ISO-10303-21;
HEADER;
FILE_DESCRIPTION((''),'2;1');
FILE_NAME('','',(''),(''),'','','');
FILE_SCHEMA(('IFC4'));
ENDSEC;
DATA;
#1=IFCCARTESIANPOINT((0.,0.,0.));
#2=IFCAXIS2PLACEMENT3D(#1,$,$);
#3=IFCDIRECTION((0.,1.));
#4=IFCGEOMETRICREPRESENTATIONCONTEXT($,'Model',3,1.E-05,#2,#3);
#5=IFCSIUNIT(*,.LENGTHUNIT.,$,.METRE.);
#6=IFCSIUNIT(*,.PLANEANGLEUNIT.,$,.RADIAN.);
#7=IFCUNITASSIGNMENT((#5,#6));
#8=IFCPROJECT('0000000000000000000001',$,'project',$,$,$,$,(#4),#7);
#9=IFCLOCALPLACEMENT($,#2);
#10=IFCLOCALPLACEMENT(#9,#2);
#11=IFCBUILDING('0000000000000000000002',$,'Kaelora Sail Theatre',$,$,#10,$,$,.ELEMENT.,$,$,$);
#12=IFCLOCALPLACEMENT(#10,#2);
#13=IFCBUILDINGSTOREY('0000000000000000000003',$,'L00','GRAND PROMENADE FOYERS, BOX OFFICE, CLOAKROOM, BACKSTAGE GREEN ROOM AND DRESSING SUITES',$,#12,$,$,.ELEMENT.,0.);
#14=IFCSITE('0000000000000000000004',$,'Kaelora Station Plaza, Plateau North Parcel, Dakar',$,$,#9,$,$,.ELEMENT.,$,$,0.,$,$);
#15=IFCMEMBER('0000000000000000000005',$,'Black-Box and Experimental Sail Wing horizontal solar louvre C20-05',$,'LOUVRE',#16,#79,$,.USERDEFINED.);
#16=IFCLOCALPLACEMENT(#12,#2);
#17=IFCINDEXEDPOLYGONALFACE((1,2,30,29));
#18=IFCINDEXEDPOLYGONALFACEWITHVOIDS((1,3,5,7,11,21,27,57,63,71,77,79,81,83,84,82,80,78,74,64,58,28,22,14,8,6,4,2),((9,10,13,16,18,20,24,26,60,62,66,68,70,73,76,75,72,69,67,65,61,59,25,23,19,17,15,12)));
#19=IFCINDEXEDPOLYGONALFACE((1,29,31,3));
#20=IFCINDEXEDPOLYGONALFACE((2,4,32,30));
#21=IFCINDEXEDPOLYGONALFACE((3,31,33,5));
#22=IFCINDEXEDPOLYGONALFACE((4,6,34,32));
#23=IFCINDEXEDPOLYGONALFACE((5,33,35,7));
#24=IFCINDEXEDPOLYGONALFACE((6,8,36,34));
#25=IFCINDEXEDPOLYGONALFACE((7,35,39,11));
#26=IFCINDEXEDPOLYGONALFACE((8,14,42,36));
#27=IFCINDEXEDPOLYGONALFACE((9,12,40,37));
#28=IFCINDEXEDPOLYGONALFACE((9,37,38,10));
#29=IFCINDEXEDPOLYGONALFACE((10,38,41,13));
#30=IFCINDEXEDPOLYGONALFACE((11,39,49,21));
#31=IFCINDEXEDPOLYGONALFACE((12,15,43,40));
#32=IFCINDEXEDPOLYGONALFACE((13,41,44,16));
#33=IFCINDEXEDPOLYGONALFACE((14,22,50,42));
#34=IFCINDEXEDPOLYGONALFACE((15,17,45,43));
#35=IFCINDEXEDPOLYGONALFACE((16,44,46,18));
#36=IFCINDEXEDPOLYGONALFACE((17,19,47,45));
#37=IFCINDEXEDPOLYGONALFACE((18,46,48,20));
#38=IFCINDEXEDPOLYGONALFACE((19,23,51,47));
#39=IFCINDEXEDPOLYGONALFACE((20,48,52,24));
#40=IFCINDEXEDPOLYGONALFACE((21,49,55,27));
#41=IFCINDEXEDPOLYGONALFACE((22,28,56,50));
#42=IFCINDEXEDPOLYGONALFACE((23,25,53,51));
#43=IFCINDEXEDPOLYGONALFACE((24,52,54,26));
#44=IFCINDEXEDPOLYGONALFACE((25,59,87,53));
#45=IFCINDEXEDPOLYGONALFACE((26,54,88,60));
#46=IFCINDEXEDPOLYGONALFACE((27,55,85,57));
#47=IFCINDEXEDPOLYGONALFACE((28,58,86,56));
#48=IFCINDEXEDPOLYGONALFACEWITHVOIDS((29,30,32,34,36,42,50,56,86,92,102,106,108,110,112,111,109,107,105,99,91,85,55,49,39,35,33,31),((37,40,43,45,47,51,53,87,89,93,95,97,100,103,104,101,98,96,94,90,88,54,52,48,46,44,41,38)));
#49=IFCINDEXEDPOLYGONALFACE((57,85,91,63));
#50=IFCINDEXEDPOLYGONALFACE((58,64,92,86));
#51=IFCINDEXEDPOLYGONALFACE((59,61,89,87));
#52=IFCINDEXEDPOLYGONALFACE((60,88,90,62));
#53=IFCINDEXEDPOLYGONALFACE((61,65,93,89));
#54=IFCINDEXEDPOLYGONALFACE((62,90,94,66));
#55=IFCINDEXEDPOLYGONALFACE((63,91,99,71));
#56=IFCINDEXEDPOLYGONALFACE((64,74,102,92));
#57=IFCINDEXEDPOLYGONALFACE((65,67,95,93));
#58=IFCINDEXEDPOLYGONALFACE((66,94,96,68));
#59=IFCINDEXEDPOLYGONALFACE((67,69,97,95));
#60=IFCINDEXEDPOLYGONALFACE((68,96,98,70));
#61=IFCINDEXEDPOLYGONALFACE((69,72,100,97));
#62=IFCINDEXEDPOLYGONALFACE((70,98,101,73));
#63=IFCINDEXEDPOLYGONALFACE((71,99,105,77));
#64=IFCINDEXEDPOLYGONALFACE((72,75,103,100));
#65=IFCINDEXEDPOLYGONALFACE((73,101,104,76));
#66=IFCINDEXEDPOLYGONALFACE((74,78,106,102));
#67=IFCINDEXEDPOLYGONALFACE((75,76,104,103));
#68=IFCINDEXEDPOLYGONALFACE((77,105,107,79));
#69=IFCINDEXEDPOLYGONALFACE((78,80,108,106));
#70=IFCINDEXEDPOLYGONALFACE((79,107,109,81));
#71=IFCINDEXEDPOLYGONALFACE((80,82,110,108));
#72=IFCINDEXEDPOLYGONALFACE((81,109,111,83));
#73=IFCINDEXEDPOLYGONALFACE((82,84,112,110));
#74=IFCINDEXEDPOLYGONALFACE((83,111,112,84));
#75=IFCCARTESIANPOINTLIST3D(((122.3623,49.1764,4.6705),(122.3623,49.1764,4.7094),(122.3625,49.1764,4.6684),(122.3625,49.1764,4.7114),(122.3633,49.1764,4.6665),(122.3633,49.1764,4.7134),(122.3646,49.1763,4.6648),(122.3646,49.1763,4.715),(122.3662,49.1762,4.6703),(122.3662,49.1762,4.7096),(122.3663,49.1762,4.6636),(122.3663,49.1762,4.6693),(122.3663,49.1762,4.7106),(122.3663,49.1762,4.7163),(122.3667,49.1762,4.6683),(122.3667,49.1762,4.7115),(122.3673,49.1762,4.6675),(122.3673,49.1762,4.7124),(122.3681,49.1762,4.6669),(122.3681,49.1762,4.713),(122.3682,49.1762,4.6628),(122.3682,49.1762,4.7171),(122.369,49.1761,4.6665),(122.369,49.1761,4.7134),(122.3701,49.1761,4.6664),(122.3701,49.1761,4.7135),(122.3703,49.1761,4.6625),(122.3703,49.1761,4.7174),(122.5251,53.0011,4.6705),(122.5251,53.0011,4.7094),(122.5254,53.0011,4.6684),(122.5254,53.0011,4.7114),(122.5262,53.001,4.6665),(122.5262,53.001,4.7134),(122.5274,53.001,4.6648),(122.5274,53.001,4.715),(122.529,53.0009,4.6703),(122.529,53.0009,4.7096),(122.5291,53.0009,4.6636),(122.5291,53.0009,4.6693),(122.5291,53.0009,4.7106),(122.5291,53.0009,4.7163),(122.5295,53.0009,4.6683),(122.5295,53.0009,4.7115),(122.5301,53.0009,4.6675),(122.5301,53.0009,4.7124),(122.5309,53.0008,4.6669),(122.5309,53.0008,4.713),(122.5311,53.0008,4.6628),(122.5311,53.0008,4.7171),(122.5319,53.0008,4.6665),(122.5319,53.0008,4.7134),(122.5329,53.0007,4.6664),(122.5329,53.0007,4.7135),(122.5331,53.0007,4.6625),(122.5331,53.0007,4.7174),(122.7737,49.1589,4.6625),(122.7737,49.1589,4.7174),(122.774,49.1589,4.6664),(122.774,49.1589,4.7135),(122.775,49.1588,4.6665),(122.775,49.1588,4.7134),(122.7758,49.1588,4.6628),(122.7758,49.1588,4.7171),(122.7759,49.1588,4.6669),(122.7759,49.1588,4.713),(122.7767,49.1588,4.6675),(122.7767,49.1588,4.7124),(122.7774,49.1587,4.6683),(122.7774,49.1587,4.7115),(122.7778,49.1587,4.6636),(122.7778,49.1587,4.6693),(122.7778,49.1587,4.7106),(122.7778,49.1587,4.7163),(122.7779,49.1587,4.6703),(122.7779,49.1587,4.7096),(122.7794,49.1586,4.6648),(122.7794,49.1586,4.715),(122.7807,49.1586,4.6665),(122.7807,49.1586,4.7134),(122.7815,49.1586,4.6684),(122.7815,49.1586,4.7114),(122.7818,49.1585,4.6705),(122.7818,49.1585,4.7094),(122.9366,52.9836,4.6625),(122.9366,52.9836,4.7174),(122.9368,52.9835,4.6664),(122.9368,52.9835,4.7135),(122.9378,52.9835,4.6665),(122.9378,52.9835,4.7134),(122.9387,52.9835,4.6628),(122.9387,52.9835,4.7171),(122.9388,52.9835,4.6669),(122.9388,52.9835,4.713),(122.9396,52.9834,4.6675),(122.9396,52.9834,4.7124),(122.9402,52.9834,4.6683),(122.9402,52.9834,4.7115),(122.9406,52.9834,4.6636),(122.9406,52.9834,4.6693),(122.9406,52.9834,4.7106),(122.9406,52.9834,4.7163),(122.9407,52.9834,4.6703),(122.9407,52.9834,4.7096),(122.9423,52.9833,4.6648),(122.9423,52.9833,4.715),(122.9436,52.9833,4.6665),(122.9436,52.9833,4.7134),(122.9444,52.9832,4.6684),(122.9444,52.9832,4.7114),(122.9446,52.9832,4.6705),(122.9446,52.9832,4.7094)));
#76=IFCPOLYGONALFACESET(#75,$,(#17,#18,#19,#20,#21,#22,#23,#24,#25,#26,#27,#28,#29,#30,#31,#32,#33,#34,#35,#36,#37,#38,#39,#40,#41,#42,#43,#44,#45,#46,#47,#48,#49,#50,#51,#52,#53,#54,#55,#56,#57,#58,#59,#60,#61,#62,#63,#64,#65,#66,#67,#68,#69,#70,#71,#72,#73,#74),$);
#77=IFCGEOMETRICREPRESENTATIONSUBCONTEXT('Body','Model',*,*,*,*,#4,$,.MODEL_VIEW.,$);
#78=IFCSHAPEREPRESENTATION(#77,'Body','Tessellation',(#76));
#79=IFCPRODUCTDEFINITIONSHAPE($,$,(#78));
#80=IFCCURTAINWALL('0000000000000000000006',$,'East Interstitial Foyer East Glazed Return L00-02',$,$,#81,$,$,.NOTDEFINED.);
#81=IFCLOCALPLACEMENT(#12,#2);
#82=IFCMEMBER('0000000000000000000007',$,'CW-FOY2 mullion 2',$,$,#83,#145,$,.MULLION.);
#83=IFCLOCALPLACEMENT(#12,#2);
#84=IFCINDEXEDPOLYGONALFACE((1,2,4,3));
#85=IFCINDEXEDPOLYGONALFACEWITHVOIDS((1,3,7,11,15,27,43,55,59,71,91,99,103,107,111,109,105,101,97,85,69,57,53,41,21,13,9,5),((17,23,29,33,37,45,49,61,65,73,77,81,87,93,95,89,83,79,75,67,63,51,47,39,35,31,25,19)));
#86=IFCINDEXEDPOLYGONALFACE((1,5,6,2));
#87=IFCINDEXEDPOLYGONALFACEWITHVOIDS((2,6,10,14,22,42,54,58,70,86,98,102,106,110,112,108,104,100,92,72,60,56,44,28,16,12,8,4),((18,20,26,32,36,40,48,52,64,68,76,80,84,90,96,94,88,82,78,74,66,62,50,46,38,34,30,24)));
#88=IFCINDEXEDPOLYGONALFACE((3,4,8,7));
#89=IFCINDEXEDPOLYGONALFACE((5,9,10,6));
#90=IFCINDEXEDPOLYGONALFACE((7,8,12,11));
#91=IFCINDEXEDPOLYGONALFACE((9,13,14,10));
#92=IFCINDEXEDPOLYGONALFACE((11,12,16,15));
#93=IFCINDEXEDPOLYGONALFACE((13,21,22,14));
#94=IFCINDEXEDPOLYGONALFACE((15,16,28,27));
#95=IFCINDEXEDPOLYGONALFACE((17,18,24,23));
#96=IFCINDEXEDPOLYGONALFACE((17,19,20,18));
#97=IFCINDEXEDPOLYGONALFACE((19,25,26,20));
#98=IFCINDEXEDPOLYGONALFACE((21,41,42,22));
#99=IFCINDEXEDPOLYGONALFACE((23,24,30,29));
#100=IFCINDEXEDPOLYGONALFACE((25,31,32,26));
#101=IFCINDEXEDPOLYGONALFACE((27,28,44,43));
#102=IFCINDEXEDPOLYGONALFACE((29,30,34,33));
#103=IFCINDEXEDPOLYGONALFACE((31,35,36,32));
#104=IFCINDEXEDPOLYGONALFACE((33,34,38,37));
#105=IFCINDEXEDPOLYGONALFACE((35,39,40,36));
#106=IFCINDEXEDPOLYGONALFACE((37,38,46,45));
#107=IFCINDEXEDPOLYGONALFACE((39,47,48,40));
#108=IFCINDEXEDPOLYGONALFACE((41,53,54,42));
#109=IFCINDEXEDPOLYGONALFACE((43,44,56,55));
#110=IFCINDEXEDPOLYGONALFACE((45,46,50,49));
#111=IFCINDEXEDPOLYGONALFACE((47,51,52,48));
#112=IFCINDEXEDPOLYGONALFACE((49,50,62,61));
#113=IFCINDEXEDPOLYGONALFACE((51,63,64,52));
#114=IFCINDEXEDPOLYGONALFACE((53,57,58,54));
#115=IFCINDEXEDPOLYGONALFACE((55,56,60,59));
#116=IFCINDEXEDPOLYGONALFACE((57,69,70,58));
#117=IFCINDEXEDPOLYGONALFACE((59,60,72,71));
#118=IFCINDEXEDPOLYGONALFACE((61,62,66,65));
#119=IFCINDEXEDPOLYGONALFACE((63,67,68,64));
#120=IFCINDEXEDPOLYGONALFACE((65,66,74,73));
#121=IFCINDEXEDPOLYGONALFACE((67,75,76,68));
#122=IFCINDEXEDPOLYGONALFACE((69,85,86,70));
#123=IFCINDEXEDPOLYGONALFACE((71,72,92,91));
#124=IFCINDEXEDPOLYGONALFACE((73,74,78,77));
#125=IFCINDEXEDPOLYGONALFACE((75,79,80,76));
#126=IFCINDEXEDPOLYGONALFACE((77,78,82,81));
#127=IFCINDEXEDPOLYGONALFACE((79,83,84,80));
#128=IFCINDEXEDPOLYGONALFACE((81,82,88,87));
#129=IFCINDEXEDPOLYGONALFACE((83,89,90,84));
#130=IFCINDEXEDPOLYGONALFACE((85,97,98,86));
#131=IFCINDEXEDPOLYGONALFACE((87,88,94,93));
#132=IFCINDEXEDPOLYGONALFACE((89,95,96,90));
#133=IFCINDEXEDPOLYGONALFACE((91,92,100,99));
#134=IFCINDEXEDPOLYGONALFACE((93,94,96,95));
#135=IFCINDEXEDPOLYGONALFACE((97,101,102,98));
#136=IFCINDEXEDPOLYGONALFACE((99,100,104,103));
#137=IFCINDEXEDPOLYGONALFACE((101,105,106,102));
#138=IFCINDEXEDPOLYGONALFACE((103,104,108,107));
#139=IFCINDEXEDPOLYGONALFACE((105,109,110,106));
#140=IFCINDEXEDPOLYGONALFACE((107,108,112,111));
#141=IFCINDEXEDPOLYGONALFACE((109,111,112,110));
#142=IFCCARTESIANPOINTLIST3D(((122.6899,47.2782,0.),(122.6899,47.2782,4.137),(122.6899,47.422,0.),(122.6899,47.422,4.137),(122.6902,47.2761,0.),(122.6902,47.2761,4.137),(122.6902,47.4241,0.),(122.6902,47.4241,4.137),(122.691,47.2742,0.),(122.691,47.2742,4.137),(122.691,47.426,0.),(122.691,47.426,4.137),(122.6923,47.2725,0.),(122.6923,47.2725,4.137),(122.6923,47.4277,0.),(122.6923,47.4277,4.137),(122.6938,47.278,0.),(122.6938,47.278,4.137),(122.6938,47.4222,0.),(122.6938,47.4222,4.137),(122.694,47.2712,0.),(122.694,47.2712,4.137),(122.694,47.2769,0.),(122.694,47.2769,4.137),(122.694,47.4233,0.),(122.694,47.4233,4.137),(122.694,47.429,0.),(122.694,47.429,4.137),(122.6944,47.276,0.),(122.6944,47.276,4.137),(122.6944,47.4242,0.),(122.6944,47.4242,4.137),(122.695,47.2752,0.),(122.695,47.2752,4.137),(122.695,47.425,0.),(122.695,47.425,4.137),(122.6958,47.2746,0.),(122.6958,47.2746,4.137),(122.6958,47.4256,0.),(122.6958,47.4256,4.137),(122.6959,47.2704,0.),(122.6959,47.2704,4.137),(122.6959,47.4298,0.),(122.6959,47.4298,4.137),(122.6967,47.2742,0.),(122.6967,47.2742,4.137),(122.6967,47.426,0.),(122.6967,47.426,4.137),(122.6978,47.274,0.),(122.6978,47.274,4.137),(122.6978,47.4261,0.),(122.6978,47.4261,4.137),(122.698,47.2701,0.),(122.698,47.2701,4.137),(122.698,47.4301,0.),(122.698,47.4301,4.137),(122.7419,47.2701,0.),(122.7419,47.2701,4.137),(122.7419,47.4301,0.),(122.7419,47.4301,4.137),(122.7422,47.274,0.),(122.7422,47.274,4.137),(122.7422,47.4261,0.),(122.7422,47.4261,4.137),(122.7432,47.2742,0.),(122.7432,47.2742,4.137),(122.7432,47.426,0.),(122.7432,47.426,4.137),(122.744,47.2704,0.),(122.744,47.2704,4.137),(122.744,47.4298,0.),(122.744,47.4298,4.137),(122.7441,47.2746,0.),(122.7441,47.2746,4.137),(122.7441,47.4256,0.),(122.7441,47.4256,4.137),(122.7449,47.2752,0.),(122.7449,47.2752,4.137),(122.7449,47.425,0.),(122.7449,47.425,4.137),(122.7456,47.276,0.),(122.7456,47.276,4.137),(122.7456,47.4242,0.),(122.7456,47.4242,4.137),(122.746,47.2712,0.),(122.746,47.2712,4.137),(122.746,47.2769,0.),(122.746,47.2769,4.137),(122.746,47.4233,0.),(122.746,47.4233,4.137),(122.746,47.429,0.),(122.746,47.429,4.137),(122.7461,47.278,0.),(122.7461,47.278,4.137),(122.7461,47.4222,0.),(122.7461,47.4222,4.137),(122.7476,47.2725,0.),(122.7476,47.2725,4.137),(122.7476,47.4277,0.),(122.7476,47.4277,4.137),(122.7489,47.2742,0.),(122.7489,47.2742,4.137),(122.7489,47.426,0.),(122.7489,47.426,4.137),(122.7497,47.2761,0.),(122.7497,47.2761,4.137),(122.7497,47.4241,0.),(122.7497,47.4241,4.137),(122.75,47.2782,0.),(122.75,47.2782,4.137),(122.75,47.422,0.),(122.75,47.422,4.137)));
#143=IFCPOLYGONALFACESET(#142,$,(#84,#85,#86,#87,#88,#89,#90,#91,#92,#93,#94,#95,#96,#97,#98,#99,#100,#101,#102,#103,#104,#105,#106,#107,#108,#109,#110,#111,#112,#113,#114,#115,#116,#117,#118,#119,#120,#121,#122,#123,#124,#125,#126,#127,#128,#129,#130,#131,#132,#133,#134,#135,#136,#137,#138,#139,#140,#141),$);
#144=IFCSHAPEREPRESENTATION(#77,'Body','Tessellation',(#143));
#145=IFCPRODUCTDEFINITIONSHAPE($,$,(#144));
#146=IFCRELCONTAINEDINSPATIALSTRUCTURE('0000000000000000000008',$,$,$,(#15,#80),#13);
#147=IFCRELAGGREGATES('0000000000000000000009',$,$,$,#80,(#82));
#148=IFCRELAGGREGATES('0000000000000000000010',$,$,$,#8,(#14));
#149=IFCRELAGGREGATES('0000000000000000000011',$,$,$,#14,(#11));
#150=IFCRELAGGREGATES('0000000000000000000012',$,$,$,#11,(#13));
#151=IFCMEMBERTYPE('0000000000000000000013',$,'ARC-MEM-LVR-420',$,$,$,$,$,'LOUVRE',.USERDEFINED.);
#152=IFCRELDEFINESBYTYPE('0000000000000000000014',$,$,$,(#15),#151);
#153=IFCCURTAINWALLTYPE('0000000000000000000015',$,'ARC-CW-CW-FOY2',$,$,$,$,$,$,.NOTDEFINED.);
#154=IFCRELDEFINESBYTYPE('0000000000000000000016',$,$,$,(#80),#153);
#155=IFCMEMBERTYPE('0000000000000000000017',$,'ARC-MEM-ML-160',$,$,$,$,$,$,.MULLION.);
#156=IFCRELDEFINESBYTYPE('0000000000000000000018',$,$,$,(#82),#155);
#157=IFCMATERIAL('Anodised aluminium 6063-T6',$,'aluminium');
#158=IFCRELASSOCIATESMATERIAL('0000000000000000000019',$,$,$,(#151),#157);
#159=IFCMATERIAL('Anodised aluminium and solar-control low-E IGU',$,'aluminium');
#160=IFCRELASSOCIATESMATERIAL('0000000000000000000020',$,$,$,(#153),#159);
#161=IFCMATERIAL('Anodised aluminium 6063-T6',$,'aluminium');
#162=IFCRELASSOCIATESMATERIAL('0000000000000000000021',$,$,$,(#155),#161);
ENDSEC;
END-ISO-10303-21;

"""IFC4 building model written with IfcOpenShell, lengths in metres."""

from ifc_helpers import new_model, si_unit, direction, frame, origin, origin_2d, place, context, subcontext, project, spatial, hollow_rectangle, extrude, material, material_profile, profile_set, type_object, element, aggregate, save


model = new_model("IFC4")

# Units and contexts
model_context = context("Model", 3, precision=1e-05, world=origin(), true_north=direction((0.0, 1.0)))
body_context = subcontext(model_context, "Body", "Model", "MODEL_VIEW")
ifc_project = project(units=[si_unit("LENGTHUNIT", "METRE"), si_unit("PLANEANGLEUNIT", "RADIAN")], contexts=[model_context])

# Site, building, storey
site_placement = place(None, origin())
site = spatial("IfcSite", under=ifc_project, at=site_placement, Name="Kaelora Station Plaza, Plateau North Parcel, Dakar", CompositionType="ELEMENT", RefElevation=0.0)
building_placement = place(site_placement, origin())
building = spatial("IfcBuilding", under=site, at=building_placement, Name="Kaelora Sail Theatre", CompositionType="ELEMENT")
storey_placement = place(building_placement, origin())
storey = spatial("IfcBuildingStorey", under=building, at=storey_placement, Name="L00", Description="GRAND PROMENADE FOYERS, BOX OFFICE, CLOAKROOM, BACKSTAGE GREEN ROOM AND DRESSING SUITES", CompositionType="ELEMENT", Elevation=0.0)

# Member
ifc_material_1 = material(Name="Anodised aluminium 6063-T6", Category="aluminium")
ifc_material_profile_1 = material_profile(ifc_material_1, hollow_rectangle(XDim=0.4199, YDim=0.0549, WallThickness=0.0039, InnerFilletRadius=0.0039, OuterFilletRadius=0.0081, at=origin_2d()), Name="LOUVRE 420x55x4")
ifc_profile_set_1 = profile_set([ifc_material_profile_1], Name="Anodised aluminium 6063-T6")
member_type_1 = type_object("IfcMemberType", Name="ARC-MEM-LVR-420", ElementType="LOUVRE", PredefinedType="USERDEFINED", material=ifc_profile_set_1)
member_1_placement = place(storey_placement, frame((122.572, 49.1675, 4.6899), z_axis=(0.042538, 0.999095, 0.0), x_axis=(-0.999095, 0.042538, 0.0)))
element("IfcMember", 1, at=member_1_placement, inside=storey, type_object=member_type_1, Name="Black-Box and Experimental Sail Wing horizontal solar louvre C20-05", ObjectType="LOUVRE", PredefinedType="USERDEFINED", context=body_context, shape_type="SweptSolid", body=[
    extrude(hollow_rectangle(XDim=0.4199, YDim=0.0549, WallThickness=0.0039, InnerFilletRadius=0.0039, OuterFilletRadius=0.0081, at=origin_2d()), origin(), (0.0, 0.0, 1.0), 3.8281),
])

# Curtain wall, member
ifc_material_2 = material(Name="Anodised aluminium and solar-control low-E IGU", Category="aluminium")
curtain_wall_type = type_object("IfcCurtainWallType", Name="ARC-CW-CW-FOY2", PredefinedType="NOTDEFINED", material=ifc_material_2)
curtain_wall_1_placement = place(storey_placement, origin())
curtain_wall_1 = element("IfcCurtainWall", 2, at=curtain_wall_1_placement, inside=storey, type_object=curtain_wall_type, Name="East Interstitial Foyer East Glazed Return L00-02", PredefinedType="NOTDEFINED")
ifc_material_3 = material(Name="Anodised aluminium 6063-T6", Category="aluminium")
ifc_material_profile_2 = material_profile(ifc_material_3, hollow_rectangle(XDim=0.0601, YDim=0.1599, WallThickness=0.0039, InnerFilletRadius=0.0039, OuterFilletRadius=0.0081, at=origin_2d()), Name="ALU-MULL 60x160x4")
ifc_profile_set_2 = profile_set([ifc_material_profile_2], Name="Anodised aluminium 6063-T6")
member_type_2 = type_object("IfcMemberType", Name="ARC-MEM-ML-160", PredefinedType="MULLION", material=ifc_profile_set_2)
member_2_placement = place(storey_placement, frame((122.72, 47.3501, 0.0), z_axis=(0.0, 0.0, 1.0), x_axis=(-1.0, 0.0, 0.0)))
member_2 = element("IfcMember", 3, at=member_2_placement, type_object=member_type_2, Name="CW-FOY2 mullion 2", PredefinedType="MULLION", context=body_context, shape_type="SweptSolid", body=[
    extrude(hollow_rectangle(XDim=0.0601, YDim=0.1599, WallThickness=0.0039, InnerFilletRadius=0.0039, OuterFilletRadius=0.0081, at=origin_2d()), origin(), (0.0, 0.0, 1.0), 4.137),
])

aggregate(curtain_wall_1, [member_2])

save(model, "model.ifc")
